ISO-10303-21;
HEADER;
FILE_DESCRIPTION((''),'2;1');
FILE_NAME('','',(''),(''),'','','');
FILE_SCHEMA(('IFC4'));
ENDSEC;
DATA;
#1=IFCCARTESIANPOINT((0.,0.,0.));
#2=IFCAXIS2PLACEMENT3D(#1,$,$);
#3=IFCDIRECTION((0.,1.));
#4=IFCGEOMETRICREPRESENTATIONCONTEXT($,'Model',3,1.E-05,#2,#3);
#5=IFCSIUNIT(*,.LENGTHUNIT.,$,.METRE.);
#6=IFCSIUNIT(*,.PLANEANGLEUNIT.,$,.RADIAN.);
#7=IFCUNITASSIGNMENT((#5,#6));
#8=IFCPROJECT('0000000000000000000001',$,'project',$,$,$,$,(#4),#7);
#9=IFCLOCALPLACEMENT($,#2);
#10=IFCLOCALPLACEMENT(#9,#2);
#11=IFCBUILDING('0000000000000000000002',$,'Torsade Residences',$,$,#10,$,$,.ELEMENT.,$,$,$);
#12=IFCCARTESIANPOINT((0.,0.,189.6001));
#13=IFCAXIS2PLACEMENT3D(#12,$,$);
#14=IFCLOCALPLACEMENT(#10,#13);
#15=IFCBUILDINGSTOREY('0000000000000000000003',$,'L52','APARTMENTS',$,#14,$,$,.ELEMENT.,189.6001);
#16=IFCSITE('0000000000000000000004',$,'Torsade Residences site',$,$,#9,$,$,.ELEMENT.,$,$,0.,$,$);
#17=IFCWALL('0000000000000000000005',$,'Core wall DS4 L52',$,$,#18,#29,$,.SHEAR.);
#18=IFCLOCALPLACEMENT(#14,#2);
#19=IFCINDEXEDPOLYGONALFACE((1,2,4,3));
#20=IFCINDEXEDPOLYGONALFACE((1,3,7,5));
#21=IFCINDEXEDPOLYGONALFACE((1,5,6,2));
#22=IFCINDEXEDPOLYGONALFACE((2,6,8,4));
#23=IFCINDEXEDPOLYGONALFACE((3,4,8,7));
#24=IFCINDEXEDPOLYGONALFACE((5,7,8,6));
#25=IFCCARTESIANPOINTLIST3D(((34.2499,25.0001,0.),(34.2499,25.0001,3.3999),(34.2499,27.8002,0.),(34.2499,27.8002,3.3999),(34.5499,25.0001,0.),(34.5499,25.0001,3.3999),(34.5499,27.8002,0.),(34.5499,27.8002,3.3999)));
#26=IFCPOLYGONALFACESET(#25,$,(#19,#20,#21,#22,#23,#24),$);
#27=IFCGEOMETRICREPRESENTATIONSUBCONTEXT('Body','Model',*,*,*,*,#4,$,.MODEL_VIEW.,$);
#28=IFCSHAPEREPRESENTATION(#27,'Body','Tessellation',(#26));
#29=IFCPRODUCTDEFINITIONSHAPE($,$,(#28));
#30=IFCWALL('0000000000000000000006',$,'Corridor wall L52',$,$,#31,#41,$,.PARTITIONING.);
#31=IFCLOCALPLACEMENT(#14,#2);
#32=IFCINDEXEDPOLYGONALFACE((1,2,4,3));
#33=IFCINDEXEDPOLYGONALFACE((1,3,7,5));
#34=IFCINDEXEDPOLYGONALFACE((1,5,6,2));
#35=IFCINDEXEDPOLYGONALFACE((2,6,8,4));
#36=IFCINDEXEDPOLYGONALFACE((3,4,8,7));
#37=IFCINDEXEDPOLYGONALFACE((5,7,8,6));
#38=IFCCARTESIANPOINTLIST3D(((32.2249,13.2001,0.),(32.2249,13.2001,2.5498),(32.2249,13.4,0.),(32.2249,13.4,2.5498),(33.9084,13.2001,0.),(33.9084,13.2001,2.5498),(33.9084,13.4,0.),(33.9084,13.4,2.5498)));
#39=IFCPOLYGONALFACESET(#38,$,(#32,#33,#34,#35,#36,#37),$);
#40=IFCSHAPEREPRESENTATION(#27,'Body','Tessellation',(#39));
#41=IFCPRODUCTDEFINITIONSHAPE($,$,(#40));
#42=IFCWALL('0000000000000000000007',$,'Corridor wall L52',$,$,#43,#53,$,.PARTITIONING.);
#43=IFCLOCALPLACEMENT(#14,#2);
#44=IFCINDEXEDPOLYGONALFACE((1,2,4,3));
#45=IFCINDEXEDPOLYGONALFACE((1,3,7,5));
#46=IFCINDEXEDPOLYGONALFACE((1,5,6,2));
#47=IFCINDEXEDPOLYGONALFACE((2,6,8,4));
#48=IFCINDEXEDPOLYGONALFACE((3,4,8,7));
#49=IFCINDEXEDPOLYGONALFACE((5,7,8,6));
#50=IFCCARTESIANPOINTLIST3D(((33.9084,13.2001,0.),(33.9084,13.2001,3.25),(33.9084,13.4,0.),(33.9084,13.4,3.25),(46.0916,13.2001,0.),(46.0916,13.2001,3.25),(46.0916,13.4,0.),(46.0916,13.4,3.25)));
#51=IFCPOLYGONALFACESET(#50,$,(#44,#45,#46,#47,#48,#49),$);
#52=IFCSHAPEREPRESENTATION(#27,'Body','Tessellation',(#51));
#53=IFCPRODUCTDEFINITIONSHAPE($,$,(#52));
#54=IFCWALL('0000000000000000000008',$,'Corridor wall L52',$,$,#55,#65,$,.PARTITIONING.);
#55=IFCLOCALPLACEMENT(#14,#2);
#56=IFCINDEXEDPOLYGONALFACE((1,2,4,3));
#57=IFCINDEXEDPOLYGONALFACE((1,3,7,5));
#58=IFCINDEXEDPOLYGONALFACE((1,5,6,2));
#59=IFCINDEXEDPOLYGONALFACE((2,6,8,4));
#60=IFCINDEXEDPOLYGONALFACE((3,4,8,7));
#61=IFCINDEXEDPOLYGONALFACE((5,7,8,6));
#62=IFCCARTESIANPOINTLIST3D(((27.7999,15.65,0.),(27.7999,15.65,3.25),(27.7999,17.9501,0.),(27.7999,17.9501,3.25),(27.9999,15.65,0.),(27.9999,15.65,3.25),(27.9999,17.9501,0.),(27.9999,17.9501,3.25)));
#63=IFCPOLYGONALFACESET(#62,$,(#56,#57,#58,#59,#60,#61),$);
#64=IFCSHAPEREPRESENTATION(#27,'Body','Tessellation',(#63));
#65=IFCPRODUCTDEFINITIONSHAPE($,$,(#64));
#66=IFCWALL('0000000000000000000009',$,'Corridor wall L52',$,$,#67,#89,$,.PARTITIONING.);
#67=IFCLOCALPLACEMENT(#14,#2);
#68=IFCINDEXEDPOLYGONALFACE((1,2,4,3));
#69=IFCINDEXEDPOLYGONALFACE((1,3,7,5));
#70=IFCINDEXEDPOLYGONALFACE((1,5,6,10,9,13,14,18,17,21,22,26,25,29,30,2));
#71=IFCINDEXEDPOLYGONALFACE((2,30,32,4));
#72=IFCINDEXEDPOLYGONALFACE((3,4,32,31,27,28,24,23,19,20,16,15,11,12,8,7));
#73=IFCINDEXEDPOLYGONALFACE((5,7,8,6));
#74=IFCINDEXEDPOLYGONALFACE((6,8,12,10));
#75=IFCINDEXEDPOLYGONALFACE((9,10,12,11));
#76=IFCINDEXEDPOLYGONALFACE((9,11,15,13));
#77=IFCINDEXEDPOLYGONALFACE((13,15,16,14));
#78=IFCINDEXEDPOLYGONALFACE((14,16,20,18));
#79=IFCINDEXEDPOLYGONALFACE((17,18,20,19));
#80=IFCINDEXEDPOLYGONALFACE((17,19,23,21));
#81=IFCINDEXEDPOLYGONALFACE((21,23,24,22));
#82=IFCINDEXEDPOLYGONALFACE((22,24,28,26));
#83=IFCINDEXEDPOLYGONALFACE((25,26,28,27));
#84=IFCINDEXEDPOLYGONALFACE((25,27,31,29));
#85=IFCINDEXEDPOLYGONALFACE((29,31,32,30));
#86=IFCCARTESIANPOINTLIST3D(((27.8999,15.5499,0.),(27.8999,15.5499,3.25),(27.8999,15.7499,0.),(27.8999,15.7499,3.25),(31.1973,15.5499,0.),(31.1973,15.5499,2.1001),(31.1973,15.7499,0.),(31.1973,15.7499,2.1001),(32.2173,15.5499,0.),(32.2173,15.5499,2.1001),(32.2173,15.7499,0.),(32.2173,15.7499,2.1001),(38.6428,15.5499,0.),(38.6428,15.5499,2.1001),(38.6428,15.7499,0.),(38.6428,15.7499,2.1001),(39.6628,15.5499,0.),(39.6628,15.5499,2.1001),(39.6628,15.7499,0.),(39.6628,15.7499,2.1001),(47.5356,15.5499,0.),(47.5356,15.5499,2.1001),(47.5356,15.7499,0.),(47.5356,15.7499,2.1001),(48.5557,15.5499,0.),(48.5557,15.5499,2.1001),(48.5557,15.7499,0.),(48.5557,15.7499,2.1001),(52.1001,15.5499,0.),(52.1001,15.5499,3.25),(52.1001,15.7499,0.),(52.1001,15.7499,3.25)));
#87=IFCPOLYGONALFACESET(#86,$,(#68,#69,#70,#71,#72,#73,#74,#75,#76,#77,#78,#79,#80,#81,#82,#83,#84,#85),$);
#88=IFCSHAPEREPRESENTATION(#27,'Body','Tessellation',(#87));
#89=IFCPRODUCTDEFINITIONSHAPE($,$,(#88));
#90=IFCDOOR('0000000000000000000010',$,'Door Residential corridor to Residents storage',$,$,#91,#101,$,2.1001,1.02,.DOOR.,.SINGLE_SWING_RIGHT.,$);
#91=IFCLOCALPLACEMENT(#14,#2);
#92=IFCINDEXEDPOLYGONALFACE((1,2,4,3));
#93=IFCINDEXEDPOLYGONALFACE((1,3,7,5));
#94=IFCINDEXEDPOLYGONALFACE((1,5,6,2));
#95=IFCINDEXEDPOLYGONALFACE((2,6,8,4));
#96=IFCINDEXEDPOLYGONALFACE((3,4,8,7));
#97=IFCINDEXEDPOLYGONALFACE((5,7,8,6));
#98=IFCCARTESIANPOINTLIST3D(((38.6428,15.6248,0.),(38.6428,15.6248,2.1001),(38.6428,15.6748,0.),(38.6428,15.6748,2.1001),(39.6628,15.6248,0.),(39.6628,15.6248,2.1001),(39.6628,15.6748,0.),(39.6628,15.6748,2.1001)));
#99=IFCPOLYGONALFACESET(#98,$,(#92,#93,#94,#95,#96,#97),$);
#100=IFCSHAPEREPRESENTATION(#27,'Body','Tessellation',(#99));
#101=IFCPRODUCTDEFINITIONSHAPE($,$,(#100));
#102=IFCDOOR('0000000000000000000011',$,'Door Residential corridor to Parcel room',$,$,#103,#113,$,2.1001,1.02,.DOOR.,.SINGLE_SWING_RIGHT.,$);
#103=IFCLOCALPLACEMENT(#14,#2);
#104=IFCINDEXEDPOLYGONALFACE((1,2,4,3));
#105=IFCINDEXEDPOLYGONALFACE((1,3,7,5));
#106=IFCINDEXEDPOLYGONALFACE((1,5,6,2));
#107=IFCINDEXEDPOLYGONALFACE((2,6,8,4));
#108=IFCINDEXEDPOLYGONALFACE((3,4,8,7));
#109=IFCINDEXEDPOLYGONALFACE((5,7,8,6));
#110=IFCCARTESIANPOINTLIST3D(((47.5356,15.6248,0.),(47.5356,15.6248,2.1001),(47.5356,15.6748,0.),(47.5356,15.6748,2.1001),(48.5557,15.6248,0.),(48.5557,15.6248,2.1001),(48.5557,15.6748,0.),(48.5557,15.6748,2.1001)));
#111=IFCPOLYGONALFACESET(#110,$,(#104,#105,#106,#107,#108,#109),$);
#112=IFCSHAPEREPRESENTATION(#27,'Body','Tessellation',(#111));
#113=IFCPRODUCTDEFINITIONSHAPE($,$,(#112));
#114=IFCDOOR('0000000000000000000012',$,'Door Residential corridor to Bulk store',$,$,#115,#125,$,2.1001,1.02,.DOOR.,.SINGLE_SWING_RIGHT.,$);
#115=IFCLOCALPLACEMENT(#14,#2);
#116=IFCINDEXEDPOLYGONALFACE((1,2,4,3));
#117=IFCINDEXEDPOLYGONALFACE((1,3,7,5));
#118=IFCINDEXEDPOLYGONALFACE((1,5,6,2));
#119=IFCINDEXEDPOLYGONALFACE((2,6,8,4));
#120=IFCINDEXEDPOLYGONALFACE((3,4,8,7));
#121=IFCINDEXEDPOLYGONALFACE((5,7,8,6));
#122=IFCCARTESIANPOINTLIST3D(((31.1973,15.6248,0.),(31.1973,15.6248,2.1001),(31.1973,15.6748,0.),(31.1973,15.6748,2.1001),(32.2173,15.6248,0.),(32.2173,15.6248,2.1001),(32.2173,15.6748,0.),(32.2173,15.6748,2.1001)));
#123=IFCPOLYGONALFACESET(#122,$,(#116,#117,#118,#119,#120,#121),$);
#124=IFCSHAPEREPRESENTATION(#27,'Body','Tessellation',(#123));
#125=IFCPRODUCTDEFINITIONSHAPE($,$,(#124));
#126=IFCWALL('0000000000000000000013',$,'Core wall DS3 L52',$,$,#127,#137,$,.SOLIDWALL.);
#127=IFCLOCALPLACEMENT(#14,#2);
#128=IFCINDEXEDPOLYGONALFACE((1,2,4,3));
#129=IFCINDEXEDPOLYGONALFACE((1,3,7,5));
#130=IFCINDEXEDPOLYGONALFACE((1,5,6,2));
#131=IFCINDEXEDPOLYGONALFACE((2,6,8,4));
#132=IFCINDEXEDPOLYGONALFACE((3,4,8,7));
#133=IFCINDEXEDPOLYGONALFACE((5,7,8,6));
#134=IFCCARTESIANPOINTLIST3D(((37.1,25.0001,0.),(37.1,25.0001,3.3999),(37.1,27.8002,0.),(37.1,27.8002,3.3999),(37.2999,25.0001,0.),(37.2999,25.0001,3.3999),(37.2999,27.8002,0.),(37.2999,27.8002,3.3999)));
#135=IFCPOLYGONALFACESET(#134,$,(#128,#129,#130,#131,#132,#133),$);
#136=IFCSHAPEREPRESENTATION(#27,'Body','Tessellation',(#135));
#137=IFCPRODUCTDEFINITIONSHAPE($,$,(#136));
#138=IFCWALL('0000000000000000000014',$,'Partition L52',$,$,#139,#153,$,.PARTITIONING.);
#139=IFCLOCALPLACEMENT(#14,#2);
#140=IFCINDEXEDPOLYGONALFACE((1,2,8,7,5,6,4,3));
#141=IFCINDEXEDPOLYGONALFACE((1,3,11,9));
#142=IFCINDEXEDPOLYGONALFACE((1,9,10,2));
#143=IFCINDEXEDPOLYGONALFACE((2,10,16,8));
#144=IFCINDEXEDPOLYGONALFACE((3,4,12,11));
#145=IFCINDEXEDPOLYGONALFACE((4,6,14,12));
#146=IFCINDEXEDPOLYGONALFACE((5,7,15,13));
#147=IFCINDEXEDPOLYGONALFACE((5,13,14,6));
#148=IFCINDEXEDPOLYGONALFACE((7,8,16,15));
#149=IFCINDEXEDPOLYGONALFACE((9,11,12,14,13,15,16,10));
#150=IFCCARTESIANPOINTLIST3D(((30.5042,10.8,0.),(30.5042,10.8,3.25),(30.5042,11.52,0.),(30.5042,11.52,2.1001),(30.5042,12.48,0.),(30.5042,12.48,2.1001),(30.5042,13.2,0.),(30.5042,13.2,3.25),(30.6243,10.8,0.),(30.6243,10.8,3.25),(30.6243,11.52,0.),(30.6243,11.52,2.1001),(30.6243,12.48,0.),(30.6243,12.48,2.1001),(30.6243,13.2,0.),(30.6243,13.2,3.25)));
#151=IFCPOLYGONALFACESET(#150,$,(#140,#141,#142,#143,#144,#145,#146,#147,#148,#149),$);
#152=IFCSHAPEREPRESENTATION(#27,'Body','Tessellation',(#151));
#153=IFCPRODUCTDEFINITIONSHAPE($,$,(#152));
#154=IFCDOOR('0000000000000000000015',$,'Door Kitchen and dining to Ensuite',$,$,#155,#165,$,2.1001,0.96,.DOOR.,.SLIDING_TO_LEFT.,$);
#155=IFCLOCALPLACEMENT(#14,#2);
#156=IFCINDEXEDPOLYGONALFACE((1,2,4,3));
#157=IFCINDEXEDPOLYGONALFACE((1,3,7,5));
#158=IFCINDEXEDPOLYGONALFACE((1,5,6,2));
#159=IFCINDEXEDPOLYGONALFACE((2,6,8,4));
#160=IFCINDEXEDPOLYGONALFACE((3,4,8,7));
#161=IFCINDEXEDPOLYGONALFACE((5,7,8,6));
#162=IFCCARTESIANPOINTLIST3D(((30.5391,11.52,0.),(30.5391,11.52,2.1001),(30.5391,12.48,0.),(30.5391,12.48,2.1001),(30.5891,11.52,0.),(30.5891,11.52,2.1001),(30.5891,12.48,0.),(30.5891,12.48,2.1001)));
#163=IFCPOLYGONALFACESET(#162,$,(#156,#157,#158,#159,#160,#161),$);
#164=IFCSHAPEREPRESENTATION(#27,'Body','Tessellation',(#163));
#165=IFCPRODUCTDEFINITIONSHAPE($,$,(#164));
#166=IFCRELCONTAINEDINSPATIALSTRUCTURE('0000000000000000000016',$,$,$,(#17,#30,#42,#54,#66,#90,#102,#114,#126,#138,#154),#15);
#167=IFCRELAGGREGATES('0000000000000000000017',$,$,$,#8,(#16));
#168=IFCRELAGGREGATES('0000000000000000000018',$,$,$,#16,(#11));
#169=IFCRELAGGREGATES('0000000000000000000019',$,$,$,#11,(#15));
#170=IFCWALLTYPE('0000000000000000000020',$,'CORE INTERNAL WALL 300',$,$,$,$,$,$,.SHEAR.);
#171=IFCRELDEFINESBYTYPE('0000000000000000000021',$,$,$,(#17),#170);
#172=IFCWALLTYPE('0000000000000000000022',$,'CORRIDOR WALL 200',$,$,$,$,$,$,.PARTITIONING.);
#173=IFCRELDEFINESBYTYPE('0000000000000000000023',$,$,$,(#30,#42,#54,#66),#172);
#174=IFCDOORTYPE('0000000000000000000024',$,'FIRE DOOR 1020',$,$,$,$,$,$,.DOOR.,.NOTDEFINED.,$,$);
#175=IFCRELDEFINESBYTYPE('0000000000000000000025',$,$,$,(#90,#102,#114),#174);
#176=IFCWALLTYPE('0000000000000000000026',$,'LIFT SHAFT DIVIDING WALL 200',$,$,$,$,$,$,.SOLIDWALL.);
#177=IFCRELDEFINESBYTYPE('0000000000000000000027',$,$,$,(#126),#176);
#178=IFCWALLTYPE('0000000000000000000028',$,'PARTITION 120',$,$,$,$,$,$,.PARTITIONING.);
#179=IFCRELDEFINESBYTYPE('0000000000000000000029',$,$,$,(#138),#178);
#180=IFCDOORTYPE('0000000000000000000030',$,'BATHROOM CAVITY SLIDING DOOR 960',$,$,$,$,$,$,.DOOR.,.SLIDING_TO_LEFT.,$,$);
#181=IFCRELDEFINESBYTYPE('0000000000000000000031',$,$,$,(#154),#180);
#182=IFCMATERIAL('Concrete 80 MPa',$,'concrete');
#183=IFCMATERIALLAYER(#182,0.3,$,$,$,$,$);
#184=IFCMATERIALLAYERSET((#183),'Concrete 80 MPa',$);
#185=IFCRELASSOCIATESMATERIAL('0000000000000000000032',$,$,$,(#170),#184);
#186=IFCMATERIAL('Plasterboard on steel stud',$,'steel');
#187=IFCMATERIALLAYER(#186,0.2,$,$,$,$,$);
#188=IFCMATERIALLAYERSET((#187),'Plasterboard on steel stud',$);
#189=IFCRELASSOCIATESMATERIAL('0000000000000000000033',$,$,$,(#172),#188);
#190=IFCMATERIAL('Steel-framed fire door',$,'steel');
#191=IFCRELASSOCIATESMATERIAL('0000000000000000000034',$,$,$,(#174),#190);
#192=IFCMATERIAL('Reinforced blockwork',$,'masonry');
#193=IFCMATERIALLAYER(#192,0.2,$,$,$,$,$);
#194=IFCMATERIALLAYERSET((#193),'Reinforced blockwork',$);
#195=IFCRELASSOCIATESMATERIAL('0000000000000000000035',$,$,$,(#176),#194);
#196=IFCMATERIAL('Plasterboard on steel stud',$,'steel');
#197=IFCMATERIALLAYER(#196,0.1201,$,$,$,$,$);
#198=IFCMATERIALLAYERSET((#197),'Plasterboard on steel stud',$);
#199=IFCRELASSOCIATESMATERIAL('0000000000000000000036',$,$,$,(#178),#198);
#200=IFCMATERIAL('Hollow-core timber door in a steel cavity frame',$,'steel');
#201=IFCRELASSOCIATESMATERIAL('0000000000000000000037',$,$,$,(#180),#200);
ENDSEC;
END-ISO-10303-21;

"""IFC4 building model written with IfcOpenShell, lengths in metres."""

from ifc_helpers import new_model, si_unit, direction, frame, frame_2d, origin, place, context, subcontext, project, spatial, rectangle, extrude, material, layer, layer_set, type_object, element, fill, save


model = new_model("IFC4")

# Units and contexts
model_context = context("Model", 3, precision=1e-05, world=origin(), true_north=direction((0.0, 1.0)))
body_context = subcontext(model_context, "Body", "Model", "MODEL_VIEW")
ifc_project = project(units=[si_unit("LENGTHUNIT", "METRE"), si_unit("PLANEANGLEUNIT", "RADIAN")], contexts=[model_context])

# Site, building, storey
site_placement = place(None, origin())
site = spatial("IfcSite", under=ifc_project, at=site_placement, Name="Torsade Residences site", CompositionType="ELEMENT", RefElevation=0.0)
building_placement = place(site_placement, origin())
building = spatial("IfcBuilding", under=site, at=building_placement, Name="Torsade Residences", CompositionType="ELEMENT")
storey_placement = place(building_placement, frame((0.0, 0.0, 189.6001)))
storey = spatial("IfcBuildingStorey", under=building, at=storey_placement, Name="L52", Description="APARTMENTS", CompositionType="ELEMENT", Elevation=189.6001)

# Walls
ifc_material_1 = material(Name="Concrete 80 MPa", Category="concrete")
ifc_layer_1 = layer(ifc_material_1, 0.3)
ifc_layer_set_1 = layer_set([ifc_layer_1], Name="Concrete 80 MPa")
wall_type_1 = type_object("IfcWallType", Name="CORE INTERNAL WALL 300", PredefinedType="SHEAR", material=ifc_layer_set_1)
wall_1_placement = place(storey_placement, frame((34.3999, 27.8, 0.0), z_axis=(0.0, 0.0, 1.0), x_axis=(0.0, -1.0, 0.0)))
element("IfcWall", 1, at=wall_1_placement, inside=storey, type_object=wall_type_1, Name="Core wall DS4 L52", PredefinedType="SHEAR", context=body_context, shape_type="SweptSolid", body=[
    extrude(rectangle(XDim=2.8, YDim=0.3, at=frame_2d((1.3999, 0.0))), origin(), (0.0, 0.0, 1.0), 3.3999),
])
ifc_material_2 = material(Name="Plasterboard on steel stud", Category="steel")
ifc_layer_2 = layer(ifc_material_2, 0.2)
ifc_layer_set_2 = layer_set([ifc_layer_2], Name="Plasterboard on steel stud")
wall_type_2 = type_object("IfcWallType", Name="CORRIDOR WALL 200", PredefinedType="PARTITIONING", material=ifc_layer_set_2)
wall_2_placement = place(storey_placement, frame((32.2249, 13.3, 0.0), z_axis=(0.0, 0.0, 1.0), x_axis=(1.0, 0.0, 0.0)))
element("IfcWall", 2, at=wall_2_placement, inside=storey, type_object=wall_type_2, Name="Corridor wall L52", PredefinedType="PARTITIONING", context=body_context, shape_type="SweptSolid", body=[
    extrude(rectangle(XDim=1.6836, YDim=0.2, at=frame_2d((0.8418, 0.0))), origin(), (0.0, 0.0, 1.0), 2.5498),
])
wall_3_placement = place(storey_placement, frame((33.9084, 13.3, 0.0), z_axis=(0.0, 0.0, 1.0), x_axis=(1.0, 0.0, 0.0)))
element("IfcWall", 3, at=wall_3_placement, inside=storey, type_object=wall_type_2, Name="Corridor wall L52", PredefinedType="PARTITIONING", context=body_context, shape_type="SweptSolid", body=[
    extrude(rectangle(XDim=12.1831, YDim=0.2, at=frame_2d((6.0916, 0.0))), origin(), (0.0, 0.0, 1.0), 3.25),
])
wall_4_placement = place(storey_placement, frame((27.8999, 17.95, 0.0), z_axis=(0.0, 0.0, 1.0), x_axis=(0.0, -1.0, 0.0)))
element("IfcWall", 4, at=wall_4_placement, inside=storey, type_object=wall_type_2, Name="Corridor wall L52", PredefinedType="PARTITIONING", context=body_context, shape_type="SweptSolid", body=[
    extrude(rectangle(XDim=2.3, YDim=0.2, at=frame_2d((1.1499, 0.0))), origin(), (0.0, 0.0, 1.0), 3.25),
])

# Wall, openings, doors
wall_5_placement = place(storey_placement, frame((27.8999, 15.6499, 0.0), z_axis=(0.0, 0.0, 1.0), x_axis=(1.0, 0.0, 0.0)))
wall_5 = element("IfcWall", 5, at=wall_5_placement, inside=storey, type_object=wall_type_2, Name="Corridor wall L52", PredefinedType="PARTITIONING", context=body_context, shape_type="SweptSolid", body=[
    extrude(rectangle(XDim=24.2002, YDim=0.2, at=frame_2d((12.1001, 0.0))), origin(), (0.0, 0.0, 1.0), 3.25),
])
opening_1_placement = place(wall_5_placement, frame((10.7429, 0.0, 0.0)))
opening_1 = element("IfcOpeningElement", 6, at=opening_1_placement, cuts=wall_5, PredefinedType="OPENING", context=body_context, shape_type="SweptSolid", body=[
    extrude(rectangle(XDim=1.02, YDim=2.1001, at=frame_2d((0.51, 1.05))), frame((0.0, 0.1099, 0.0), z_axis=(0.0, -1.0, 0.0), x_axis=(1.0, 0.0, 0.0)), (0.0, 0.0, 1.0), 0.22),
])
opening_2_placement = place(wall_5_placement, frame((19.6357, 0.0, 0.0)))
opening_2 = element("IfcOpeningElement", 7, at=opening_2_placement, cuts=wall_5, PredefinedType="OPENING", context=body_context, shape_type="SweptSolid", body=[
    extrude(rectangle(XDim=1.02, YDim=2.1001, at=frame_2d((0.51, 1.05))), frame((0.0, 0.1099, 0.0), z_axis=(0.0, -1.0, 0.0), x_axis=(1.0, 0.0, 0.0)), (0.0, 0.0, 1.0), 0.22),
])
opening_3_placement = place(wall_5_placement, frame((3.2974, 0.0, 0.0)))
opening_3 = element("IfcOpeningElement", 8, at=opening_3_placement, cuts=wall_5, PredefinedType="OPENING", context=body_context, shape_type="SweptSolid", body=[
    extrude(rectangle(XDim=1.02, YDim=2.1001, at=frame_2d((0.51, 1.05))), frame((0.0, 0.1099, 0.0), z_axis=(0.0, -1.0, 0.0), x_axis=(1.0, 0.0, 0.0)), (0.0, 0.0, 1.0), 0.22),
])
ifc_material_3 = material(Name="Steel-framed fire door", Category="steel")
door_type_1 = type_object("IfcDoorType", Name="FIRE DOOR 1020", OperationType="NOTDEFINED", PredefinedType="DOOR", material=ifc_material_3)
door_1_placement = place(opening_1_placement, origin())
door_1 = element("IfcDoor", 9, at=door_1_placement, inside=storey, type_object=door_type_1, Name="Door Residential corridor to Residents storage", OperationType="SINGLE_SWING_RIGHT", OverallHeight=2.1001, OverallWidth=1.02, PredefinedType="DOOR", context=body_context, shape_type="SweptSolid", body=[
    extrude(rectangle(XDim=1.02, YDim=2.1001, at=frame_2d((0.51, 1.05))), frame((0.0, 0.0249, 0.0), z_axis=(0.0, -1.0, 0.0), x_axis=(1.0, 0.0, 0.0)), (0.0, 0.0, 1.0), 0.05),
])
fill(opening_1, door_1)
door_2_placement = place(opening_2_placement, origin())
door_2 = element("IfcDoor", 10, at=door_2_placement, inside=storey, type_object=door_type_1, Name="Door Residential corridor to Parcel room", OperationType="SINGLE_SWING_RIGHT", OverallHeight=2.1001, OverallWidth=1.02, PredefinedType="DOOR", context=body_context, shape_type="SweptSolid", body=[
    extrude(rectangle(XDim=1.02, YDim=2.1001, at=frame_2d((0.51, 1.05))), frame((0.0, 0.0249, 0.0), z_axis=(0.0, -1.0, 0.0), x_axis=(1.0, 0.0, 0.0)), (0.0, 0.0, 1.0), 0.05),
])
fill(opening_2, door_2)
door_3_placement = place(opening_3_placement, origin())
door_3 = element("IfcDoor", 11, at=door_3_placement, inside=storey, type_object=door_type_1, Name="Door Residential corridor to Bulk store", OperationType="SINGLE_SWING_RIGHT", OverallHeight=2.1001, OverallWidth=1.02, PredefinedType="DOOR", context=body_context, shape_type="SweptSolid", body=[
    extrude(rectangle(XDim=1.02, YDim=2.1001, at=frame_2d((0.51, 1.05))), frame((0.0, 0.0249, 0.0), z_axis=(0.0, -1.0, 0.0), x_axis=(1.0, 0.0, 0.0)), (0.0, 0.0, 1.0), 0.05),
])
fill(opening_3, door_3)

# Wall
ifc_material_4 = material(Name="Reinforced blockwork", Category="masonry")
ifc_layer_3 = layer(ifc_material_4, 0.2)
ifc_layer_set_3 = layer_set([ifc_layer_3], Name="Reinforced blockwork")
wall_type_3 = type_object("IfcWallType", Name="LIFT SHAFT DIVIDING WALL 200", PredefinedType="SOLIDWALL", material=ifc_layer_set_3)
wall_6_placement = place(storey_placement, frame((37.2, 27.8, 0.0), z_axis=(0.0, 0.0, 1.0), x_axis=(0.0, -1.0, 0.0)))
element("IfcWall", 12, at=wall_6_placement, inside=storey, type_object=wall_type_3, Name="Core wall DS3 L52", PredefinedType="SOLIDWALL", context=body_context, shape_type="SweptSolid", body=[
    extrude(rectangle(XDim=2.8, YDim=0.2, at=frame_2d((1.3999, 0.0))), origin(), (0.0, 0.0, 1.0), 3.3999),
])

# Wall, opening, door
ifc_material_5 = material(Name="Plasterboard on steel stud", Category="steel")
ifc_layer_4 = layer(ifc_material_5, 0.1201)
ifc_layer_set_4 = layer_set([ifc_layer_4], Name="Plasterboard on steel stud")
wall_type_4 = type_object("IfcWallType", Name="PARTITION 120", PredefinedType="PARTITIONING", material=ifc_layer_set_4)
wall_7_placement = place(storey_placement, frame((30.5642, 13.2, 0.0), z_axis=(0.0, 0.0, 1.0), x_axis=(0.0, -1.0, 0.0)))
wall_7 = element("IfcWall", 13, at=wall_7_placement, inside=storey, type_object=wall_type_4, Name="Partition L52", PredefinedType="PARTITIONING", context=body_context, shape_type="SweptSolid", body=[
    extrude(rectangle(XDim=2.3999, YDim=0.1201, at=frame_2d((1.2, 0.0))), origin(), (0.0, 0.0, 1.0), 3.25),
])
opening_4_placement = place(wall_7_placement, frame((0.72, 0.0, 0.0)))
opening_4 = element("IfcOpeningElement", 14, at=opening_4_placement, cuts=wall_7, PredefinedType="OPENING", context=body_context, shape_type="SweptSolid", body=[
    extrude(rectangle(XDim=0.96, YDim=2.1001, at=frame_2d((0.48, 1.05))), frame((0.0, 0.0701, 0.0), z_axis=(0.0, -1.0, 0.0), x_axis=(1.0, 0.0, 0.0)), (0.0, 0.0, 1.0), 0.1401),
])
ifc_material_6 = material(Name="Hollow-core timber door in a steel cavity frame", Category="steel")
door_type_2 = type_object("IfcDoorType", Name="BATHROOM CAVITY SLIDING DOOR 960", OperationType="SLIDING_TO_LEFT", PredefinedType="DOOR", material=ifc_material_6)
door_4_placement = place(opening_4_placement, origin())
door_4 = element("IfcDoor", 15, at=door_4_placement, inside=storey, type_object=door_type_2, Name="Door Kitchen and dining to Ensuite", OperationType="SLIDING_TO_LEFT", OverallHeight=2.1001, OverallWidth=0.96, PredefinedType="DOOR", context=body_context, shape_type="SweptSolid", body=[
    extrude(rectangle(XDim=0.96, YDim=2.1001, at=frame_2d((0.48, 1.05))), frame((0.0, 0.0249, 0.0), z_axis=(0.0, -1.0, 0.0), x_axis=(1.0, 0.0, 0.0)), (0.0, 0.0, 1.0), 0.05),
])
fill(opening_4, door_4)

save(model, "model.ifc")
